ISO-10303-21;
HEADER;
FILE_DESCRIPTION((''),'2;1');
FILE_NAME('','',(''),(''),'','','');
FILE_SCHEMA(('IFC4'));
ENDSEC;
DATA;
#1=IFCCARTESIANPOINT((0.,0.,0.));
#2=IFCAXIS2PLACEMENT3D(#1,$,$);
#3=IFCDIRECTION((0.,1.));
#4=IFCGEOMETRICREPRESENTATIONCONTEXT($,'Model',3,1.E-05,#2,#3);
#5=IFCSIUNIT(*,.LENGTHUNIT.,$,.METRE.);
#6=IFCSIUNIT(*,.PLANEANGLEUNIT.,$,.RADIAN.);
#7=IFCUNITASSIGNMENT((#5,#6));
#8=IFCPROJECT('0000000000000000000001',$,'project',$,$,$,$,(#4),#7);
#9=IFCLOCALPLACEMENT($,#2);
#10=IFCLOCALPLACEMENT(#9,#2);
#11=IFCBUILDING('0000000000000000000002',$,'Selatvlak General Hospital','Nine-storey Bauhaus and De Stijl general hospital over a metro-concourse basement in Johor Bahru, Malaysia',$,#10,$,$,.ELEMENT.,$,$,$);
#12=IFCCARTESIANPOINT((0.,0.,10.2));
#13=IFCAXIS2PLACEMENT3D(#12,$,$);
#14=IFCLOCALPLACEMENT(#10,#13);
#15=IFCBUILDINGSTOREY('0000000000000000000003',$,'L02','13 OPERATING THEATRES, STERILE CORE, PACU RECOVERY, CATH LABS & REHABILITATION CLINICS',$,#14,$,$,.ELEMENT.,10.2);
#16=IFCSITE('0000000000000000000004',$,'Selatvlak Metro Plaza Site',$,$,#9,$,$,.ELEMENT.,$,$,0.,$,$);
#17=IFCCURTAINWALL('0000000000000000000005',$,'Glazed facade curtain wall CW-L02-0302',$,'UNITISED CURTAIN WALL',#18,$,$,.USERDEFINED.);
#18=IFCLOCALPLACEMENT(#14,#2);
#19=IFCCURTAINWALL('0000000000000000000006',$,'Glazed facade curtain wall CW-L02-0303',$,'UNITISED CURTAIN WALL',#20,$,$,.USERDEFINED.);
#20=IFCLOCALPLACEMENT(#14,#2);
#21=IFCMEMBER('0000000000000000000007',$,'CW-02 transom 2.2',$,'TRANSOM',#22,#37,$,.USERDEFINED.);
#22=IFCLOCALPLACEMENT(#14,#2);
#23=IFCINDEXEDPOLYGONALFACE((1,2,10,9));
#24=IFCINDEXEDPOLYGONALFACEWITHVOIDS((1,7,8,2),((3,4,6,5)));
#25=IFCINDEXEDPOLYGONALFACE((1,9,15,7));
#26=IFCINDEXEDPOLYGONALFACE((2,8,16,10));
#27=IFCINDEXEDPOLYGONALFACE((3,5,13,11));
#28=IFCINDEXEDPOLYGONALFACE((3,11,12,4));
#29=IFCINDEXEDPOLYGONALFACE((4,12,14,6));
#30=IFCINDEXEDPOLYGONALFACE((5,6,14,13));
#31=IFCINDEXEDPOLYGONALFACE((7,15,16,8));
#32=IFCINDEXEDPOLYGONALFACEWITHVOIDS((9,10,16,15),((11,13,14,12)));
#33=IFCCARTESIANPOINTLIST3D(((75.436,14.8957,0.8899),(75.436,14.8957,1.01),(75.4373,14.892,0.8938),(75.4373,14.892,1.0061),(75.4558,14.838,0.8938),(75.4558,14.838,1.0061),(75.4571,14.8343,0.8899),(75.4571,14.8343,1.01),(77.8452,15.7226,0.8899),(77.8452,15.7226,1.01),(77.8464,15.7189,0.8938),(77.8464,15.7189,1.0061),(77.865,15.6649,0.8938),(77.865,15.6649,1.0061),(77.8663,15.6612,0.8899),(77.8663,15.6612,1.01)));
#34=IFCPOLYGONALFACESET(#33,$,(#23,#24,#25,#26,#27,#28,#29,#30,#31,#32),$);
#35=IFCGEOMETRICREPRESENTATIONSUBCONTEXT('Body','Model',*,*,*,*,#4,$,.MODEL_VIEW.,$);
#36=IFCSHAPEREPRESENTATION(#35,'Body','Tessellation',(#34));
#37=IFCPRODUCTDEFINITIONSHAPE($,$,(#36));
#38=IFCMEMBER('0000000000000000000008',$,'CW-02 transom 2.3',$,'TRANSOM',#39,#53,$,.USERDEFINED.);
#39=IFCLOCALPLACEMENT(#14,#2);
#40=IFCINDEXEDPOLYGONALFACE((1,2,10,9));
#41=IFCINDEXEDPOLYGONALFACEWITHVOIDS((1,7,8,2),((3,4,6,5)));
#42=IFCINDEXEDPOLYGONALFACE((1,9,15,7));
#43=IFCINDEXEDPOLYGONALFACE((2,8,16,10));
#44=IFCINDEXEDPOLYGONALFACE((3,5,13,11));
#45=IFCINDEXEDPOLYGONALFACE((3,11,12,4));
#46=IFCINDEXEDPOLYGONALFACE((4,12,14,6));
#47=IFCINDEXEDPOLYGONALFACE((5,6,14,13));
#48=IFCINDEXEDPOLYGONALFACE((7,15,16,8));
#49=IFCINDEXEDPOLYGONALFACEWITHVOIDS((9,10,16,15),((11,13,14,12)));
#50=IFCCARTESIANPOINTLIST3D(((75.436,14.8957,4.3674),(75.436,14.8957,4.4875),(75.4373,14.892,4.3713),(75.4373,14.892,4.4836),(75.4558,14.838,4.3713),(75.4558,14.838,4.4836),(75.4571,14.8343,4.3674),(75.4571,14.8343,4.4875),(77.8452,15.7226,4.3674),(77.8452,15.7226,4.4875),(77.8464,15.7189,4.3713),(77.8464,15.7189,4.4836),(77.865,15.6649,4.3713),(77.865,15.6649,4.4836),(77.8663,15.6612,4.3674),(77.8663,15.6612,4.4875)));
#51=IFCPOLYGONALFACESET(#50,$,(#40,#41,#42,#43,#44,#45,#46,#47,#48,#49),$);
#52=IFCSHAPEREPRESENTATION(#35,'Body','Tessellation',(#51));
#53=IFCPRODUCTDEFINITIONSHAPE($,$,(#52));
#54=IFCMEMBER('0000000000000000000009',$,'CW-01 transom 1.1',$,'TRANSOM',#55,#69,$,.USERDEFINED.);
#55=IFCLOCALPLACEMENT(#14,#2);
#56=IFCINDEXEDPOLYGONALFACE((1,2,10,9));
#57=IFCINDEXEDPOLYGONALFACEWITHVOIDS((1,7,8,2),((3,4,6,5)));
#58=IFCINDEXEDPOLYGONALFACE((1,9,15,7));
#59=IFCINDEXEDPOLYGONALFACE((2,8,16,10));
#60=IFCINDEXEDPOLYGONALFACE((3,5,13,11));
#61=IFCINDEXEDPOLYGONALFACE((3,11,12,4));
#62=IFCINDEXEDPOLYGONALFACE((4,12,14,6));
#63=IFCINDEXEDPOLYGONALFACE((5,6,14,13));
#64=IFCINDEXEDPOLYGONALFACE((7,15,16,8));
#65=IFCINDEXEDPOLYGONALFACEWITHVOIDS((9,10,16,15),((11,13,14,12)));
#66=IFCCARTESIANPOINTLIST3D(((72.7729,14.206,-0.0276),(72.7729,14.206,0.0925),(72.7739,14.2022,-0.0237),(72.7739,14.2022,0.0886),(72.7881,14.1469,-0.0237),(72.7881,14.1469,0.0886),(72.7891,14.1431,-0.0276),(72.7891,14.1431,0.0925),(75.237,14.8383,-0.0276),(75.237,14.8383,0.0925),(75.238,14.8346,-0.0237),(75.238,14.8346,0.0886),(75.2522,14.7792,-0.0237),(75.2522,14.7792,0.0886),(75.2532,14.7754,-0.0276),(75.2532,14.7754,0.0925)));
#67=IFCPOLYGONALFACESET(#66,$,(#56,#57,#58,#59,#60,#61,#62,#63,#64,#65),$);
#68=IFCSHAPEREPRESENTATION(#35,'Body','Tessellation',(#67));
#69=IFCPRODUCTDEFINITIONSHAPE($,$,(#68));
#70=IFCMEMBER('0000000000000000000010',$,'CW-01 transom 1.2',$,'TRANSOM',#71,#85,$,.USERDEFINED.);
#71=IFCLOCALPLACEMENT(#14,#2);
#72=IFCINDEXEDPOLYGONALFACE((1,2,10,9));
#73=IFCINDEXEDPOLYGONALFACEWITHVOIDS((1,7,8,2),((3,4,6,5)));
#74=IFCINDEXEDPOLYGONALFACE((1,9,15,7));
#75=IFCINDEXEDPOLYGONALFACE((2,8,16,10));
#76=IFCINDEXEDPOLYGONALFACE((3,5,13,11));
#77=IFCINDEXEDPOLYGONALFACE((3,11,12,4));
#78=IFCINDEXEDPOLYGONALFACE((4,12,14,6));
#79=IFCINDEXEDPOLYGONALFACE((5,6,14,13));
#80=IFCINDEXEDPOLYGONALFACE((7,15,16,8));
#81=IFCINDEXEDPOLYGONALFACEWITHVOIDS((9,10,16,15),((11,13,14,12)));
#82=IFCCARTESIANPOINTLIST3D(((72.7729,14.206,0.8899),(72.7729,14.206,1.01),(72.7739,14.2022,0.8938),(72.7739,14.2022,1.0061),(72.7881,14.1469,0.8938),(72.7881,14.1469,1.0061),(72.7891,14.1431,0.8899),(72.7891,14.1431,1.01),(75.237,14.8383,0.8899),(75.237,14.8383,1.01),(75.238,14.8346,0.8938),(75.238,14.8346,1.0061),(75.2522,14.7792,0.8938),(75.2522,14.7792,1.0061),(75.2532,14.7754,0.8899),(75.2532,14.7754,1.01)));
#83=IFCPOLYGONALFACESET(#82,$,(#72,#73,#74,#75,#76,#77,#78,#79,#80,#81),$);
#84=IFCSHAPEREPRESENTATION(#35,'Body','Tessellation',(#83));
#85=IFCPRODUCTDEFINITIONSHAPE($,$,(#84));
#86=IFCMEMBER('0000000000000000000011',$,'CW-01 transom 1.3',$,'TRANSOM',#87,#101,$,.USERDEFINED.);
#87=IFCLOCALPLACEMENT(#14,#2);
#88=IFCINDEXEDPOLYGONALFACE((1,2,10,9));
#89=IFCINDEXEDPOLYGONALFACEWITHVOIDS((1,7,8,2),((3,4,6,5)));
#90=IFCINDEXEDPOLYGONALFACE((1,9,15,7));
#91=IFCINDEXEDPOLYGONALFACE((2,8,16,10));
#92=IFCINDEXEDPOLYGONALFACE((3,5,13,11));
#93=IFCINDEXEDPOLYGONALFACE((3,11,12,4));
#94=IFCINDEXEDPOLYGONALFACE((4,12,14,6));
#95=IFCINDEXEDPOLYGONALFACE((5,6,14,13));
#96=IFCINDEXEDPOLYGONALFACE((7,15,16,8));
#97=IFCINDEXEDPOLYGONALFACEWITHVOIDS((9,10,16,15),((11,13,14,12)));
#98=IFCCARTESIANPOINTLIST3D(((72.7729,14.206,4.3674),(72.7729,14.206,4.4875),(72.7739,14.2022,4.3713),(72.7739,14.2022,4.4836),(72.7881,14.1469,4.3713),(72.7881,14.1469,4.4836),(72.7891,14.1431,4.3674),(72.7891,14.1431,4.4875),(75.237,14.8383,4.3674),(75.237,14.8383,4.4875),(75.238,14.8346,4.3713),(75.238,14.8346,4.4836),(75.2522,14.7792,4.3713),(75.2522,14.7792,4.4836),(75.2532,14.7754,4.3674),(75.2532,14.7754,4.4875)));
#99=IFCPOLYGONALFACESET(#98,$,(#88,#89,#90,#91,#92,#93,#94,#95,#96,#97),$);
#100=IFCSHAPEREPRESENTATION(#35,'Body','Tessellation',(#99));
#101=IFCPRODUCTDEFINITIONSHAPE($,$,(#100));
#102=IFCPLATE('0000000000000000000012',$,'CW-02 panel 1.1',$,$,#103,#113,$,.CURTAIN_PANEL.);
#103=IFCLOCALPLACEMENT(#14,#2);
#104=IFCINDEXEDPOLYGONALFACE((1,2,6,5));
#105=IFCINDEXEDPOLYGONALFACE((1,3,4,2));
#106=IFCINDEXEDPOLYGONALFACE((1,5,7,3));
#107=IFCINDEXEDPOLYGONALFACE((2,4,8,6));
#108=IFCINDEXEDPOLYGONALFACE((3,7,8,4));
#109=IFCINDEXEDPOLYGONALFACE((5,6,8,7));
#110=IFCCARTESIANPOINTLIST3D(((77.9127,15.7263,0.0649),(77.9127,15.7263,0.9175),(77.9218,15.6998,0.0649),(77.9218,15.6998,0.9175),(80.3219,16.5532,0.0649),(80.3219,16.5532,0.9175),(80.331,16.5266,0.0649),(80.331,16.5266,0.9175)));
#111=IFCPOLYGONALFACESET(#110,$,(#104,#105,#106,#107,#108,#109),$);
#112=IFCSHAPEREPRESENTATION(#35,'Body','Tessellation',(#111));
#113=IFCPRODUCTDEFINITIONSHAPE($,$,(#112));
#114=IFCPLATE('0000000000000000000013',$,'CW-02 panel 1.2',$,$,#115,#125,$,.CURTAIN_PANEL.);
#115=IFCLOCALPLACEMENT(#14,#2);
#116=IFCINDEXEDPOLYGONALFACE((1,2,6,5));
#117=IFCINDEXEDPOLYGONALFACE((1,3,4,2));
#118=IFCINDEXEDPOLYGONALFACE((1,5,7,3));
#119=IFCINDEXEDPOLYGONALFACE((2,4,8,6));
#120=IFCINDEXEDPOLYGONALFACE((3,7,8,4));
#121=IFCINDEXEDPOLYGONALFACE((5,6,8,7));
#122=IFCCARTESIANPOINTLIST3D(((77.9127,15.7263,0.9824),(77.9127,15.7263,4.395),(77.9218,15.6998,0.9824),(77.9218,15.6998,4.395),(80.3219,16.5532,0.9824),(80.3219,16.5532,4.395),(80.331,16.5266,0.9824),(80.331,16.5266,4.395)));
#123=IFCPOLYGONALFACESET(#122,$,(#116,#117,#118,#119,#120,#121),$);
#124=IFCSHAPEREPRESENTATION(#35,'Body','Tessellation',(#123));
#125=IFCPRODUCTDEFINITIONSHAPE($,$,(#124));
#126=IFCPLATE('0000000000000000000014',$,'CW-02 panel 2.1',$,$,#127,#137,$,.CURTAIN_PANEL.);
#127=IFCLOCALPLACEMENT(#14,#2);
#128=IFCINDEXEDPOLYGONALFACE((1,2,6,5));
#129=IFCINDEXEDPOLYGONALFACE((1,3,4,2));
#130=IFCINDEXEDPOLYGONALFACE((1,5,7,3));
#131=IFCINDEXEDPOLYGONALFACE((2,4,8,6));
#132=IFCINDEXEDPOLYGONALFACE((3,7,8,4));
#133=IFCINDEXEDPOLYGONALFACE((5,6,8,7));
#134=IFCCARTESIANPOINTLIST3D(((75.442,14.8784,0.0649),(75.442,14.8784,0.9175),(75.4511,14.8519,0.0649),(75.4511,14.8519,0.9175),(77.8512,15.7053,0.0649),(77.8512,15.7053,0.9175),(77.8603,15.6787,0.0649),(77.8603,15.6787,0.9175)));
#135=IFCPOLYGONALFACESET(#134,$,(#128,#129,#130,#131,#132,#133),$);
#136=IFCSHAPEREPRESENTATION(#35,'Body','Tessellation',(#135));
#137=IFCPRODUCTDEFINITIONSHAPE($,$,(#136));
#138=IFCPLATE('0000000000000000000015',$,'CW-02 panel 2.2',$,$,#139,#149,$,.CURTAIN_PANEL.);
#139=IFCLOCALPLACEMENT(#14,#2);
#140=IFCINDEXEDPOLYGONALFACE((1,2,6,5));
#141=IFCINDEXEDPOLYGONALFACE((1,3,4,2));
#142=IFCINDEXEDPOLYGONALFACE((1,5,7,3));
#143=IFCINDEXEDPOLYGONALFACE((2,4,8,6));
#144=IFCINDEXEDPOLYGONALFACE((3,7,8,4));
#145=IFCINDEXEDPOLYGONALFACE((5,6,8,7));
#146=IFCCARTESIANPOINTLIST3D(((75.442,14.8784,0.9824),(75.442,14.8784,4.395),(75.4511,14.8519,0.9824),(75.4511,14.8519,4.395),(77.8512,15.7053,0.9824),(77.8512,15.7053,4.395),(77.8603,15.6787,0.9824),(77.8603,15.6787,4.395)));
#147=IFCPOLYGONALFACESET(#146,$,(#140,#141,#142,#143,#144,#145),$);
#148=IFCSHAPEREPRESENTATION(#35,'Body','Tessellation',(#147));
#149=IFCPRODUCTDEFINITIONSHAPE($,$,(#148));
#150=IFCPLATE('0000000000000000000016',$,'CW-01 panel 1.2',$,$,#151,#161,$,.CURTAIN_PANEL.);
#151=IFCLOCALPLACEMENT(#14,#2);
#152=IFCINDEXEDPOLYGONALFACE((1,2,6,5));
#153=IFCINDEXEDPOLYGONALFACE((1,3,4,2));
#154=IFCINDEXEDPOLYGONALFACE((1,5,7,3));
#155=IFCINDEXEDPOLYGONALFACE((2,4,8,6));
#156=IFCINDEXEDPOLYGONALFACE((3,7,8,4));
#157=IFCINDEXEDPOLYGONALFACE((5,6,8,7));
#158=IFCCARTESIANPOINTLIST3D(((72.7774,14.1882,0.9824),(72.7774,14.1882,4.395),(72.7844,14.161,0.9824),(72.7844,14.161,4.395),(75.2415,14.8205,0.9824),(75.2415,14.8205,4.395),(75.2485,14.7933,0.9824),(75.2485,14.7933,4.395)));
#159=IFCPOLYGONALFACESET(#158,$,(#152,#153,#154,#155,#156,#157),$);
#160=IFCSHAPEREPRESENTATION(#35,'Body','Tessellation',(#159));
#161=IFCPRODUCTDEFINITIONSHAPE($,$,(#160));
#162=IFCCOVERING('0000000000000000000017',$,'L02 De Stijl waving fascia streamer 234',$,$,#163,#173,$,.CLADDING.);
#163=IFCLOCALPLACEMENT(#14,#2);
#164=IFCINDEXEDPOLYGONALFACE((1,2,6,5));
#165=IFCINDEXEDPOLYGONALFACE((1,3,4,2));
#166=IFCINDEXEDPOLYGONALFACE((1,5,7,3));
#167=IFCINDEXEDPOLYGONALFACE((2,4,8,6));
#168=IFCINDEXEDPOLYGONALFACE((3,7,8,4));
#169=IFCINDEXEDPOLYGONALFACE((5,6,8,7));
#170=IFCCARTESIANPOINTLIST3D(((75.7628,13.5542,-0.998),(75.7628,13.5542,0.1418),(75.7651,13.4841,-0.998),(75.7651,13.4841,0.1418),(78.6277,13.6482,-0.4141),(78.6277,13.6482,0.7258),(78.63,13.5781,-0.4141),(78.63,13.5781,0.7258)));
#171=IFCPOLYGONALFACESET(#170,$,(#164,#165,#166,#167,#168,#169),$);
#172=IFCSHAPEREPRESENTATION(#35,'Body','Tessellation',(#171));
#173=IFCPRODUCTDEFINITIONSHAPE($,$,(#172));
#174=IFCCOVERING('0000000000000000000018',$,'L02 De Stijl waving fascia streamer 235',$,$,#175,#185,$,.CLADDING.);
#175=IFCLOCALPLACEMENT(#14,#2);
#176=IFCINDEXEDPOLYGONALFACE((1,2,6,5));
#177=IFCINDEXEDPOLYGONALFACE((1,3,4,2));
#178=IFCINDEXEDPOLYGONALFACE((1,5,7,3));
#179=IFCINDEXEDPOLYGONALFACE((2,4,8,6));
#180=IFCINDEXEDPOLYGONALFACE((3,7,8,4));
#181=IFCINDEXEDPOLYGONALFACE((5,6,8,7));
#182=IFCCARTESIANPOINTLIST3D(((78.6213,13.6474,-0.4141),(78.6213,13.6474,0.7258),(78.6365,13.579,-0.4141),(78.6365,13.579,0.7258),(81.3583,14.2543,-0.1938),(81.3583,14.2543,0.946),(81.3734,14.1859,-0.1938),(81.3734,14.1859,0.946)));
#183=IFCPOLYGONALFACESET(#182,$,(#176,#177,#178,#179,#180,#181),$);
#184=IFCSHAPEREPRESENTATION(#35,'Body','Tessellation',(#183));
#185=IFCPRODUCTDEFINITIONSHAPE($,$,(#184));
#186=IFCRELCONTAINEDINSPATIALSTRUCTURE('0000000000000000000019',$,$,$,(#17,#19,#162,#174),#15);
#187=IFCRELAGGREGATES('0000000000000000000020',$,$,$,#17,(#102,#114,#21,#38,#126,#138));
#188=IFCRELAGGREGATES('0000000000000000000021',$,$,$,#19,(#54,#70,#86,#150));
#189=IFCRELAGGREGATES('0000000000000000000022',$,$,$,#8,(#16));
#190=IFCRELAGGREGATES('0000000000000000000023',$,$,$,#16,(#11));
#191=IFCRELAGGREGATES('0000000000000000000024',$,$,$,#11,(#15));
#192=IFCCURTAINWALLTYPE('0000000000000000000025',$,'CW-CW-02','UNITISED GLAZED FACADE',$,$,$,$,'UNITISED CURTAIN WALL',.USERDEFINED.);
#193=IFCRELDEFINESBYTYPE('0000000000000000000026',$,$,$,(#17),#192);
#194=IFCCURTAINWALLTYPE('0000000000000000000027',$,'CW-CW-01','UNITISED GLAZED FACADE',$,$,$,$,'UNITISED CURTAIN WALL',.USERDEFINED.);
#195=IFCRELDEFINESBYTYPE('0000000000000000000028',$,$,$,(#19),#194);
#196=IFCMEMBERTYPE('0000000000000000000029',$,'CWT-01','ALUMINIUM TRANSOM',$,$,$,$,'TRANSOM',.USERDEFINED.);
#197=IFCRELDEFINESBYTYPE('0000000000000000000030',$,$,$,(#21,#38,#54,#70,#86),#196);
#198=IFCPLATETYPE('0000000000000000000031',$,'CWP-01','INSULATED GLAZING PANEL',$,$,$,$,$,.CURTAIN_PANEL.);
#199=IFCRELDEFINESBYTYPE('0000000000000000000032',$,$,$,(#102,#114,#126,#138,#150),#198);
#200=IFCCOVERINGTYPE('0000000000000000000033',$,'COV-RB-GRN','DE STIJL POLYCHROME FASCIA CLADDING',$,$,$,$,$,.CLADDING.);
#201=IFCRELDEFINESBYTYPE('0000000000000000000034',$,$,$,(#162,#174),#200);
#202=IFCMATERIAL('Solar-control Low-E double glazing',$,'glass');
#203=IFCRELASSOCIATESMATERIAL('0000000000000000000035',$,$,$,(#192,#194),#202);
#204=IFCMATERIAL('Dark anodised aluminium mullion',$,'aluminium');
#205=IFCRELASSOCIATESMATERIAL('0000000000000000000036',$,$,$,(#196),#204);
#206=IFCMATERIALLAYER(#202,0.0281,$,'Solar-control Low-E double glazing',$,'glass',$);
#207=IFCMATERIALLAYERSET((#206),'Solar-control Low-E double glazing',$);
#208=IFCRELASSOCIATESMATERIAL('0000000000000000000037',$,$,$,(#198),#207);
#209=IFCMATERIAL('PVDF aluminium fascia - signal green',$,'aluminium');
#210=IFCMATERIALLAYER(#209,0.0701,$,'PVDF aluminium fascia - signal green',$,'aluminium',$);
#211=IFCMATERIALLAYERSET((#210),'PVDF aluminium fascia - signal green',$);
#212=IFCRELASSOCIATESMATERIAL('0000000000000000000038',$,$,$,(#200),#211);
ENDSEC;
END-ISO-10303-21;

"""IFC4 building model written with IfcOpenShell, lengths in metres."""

from ifc_helpers import new_model, si_unit, direction, frame, origin, origin_2d, place, context, subcontext, project, spatial, polyline, rectangle, hollow_rectangle, outline, extrude, material, layer, layer_set, material_profile, profile_set, type_object, element, aggregate, save


model = new_model("IFC4")

# Units and contexts
model_context = context("Model", 3, precision=1e-05, world=origin(), true_north=direction((0.0, 1.0)))
body_context = subcontext(model_context, "Body", "Model", "MODEL_VIEW")
ifc_project = project(units=[si_unit("LENGTHUNIT", "METRE"), si_unit("PLANEANGLEUNIT", "RADIAN")], contexts=[model_context])

# Site, building, storey
site_placement = place(None, origin())
site = spatial("IfcSite", under=ifc_project, at=site_placement, Name="Selatvlak Metro Plaza Site", CompositionType="ELEMENT", RefElevation=0.0)
building_placement = place(site_placement, origin())
building = spatial("IfcBuilding", under=site, at=building_placement, Name="Selatvlak General Hospital", Description="Nine-storey Bauhaus and De Stijl general hospital over a metro-concourse basement in Johor Bahru, Malaysia", CompositionType="ELEMENT")
storey_placement = place(building_placement, frame((0.0, 0.0, 10.2)))
storey = spatial("IfcBuildingStorey", under=building, at=storey_placement, Name="L02", Description="13 OPERATING THEATRES, STERILE CORE, PACU RECOVERY, CATH LABS & REHABILITATION CLINICS", CompositionType="ELEMENT", Elevation=10.2)

# Curtain wall
ifc_material_1 = material(Name="Solar-control Low-E double glazing", Category="glass")
curtain_wall_type_1 = type_object("IfcCurtainWallType", Name="CW-CW-02", Description="UNITISED GLAZED FACADE", ElementType="UNITISED CURTAIN WALL", PredefinedType="USERDEFINED", material=ifc_material_1)
curtain_wall_1_placement = place(storey_placement, origin())
curtain_wall_1 = element("IfcCurtainWall", 1, at=curtain_wall_1_placement, inside=storey, type_object=curtain_wall_type_1, Name="Glazed facade curtain wall CW-L02-0302", ObjectType="UNITISED CURTAIN WALL", PredefinedType="USERDEFINED")
ifc_material_2 = material(Name="Dark anodised aluminium mullion", Category="aluminium")

# Curtain wall
curtain_wall_type_2 = type_object("IfcCurtainWallType", Name="CW-CW-01", Description="UNITISED GLAZED FACADE", ElementType="UNITISED CURTAIN WALL", PredefinedType="USERDEFINED", material=ifc_material_1)
curtain_wall_2_placement = place(storey_placement, origin())
curtain_wall_2 = element("IfcCurtainWall", 2, at=curtain_wall_2_placement, inside=storey, type_object=curtain_wall_type_2, Name="Glazed facade curtain wall CW-L02-0303", ObjectType="UNITISED CURTAIN WALL", PredefinedType="USERDEFINED")

# Members
ifc_material_profile_1 = material_profile(ifc_material_2, hollow_rectangle(XDim=0.0649, YDim=0.1201, WallThickness=0.0039, at=origin_2d()), Name="AL-TRN 65x120x4")
ifc_profile_set_1 = profile_set([ifc_material_profile_1], Name="Dark anodised aluminium mullion")
member_type_1 = type_object("IfcMemberType", Name="CWT-01", Description="ALUMINIUM TRANSOM", ElementType="TRANSOM", PredefinedType="USERDEFINED", material=ifc_profile_set_1)
member_1_placement = place(storey_placement, frame((77.8557, 15.6919, 0.95), z_axis=(-0.945838, -0.32464, 0.0), x_axis=(0.32464, -0.945838, 0.0)))
member_1 = element("IfcMember", 3, at=member_1_placement, type_object=member_type_1, Name="CW-02 transom 2.2", ObjectType="TRANSOM", PredefinedType="USERDEFINED", context=body_context, shape_type="SweptSolid", body=[
    extrude(hollow_rectangle(XDim=0.0649, YDim=0.1201, WallThickness=0.0039, at=origin_2d()), origin(), (0.0, 0.0, 1.0), 2.5471),
])
member_2_placement = place(storey_placement, frame((77.8557, 15.6919, 4.4275), z_axis=(-0.945838, -0.32464, 0.0), x_axis=(0.32464, -0.945838, 0.0)))
member_2 = element("IfcMember", 4, at=member_2_placement, type_object=member_type_1, Name="CW-02 transom 2.3", ObjectType="TRANSOM", PredefinedType="USERDEFINED", context=body_context, shape_type="SweptSolid", body=[
    extrude(hollow_rectangle(XDim=0.0649, YDim=0.1201, WallThickness=0.0039, at=origin_2d()), origin(), (0.0, 0.0, 1.0), 2.5471),
])
member_3_placement = place(storey_placement, frame((75.2451, 14.8069, 0.0325), z_axis=(-0.968616, -0.24856, 0.0), x_axis=(0.24856, -0.968616, 0.0)))
member_3 = element("IfcMember", 5, at=member_3_placement, type_object=member_type_1, Name="CW-01 transom 1.1", ObjectType="TRANSOM", PredefinedType="USERDEFINED", context=body_context, shape_type="SweptSolid", body=[
    extrude(hollow_rectangle(XDim=0.0649, YDim=0.1201, WallThickness=0.0039, at=origin_2d()), origin(), (0.0, 0.0, 1.0), 2.5439),
])
member_4_placement = place(storey_placement, frame((75.2451, 14.8069, 0.95), z_axis=(-0.968616, -0.24856, 0.0), x_axis=(0.24856, -0.968616, 0.0)))
member_4 = element("IfcMember", 6, at=member_4_placement, type_object=member_type_1, Name="CW-01 transom 1.2", ObjectType="TRANSOM", PredefinedType="USERDEFINED", context=body_context, shape_type="SweptSolid", body=[
    extrude(hollow_rectangle(XDim=0.0649, YDim=0.1201, WallThickness=0.0039, at=origin_2d()), origin(), (0.0, 0.0, 1.0), 2.5439),
])
member_5_placement = place(storey_placement, frame((75.2451, 14.8069, 4.4275), z_axis=(-0.968616, -0.24856, 0.0), x_axis=(0.24856, -0.968616, 0.0)))
member_5 = element("IfcMember", 7, at=member_5_placement, type_object=member_type_1, Name="CW-01 transom 1.3", ObjectType="TRANSOM", PredefinedType="USERDEFINED", context=body_context, shape_type="SweptSolid", body=[
    extrude(hollow_rectangle(XDim=0.0649, YDim=0.1201, WallThickness=0.0039, at=origin_2d()), origin(), (0.0, 0.0, 1.0), 2.5439),
])

# Plates
ifc_layer_1 = layer(ifc_material_1, 0.0281, Name="Solar-control Low-E double glazing", Category="glass")
ifc_layer_set_1 = layer_set([ifc_layer_1], Name="Solar-control Low-E double glazing")
plate_type = type_object("IfcPlateType", Name="CWP-01", Description="INSULATED GLAZING PANEL", PredefinedType="CURTAIN_PANEL", material=ifc_layer_set_1)
plate_1_placement = place(storey_placement, frame((79.1218, 16.1265, 0.0649), z_axis=(0.0, 0.0, 1.0), x_axis=(-0.945848, -0.324609, 0.0)))
plate_1 = element("IfcPlate", 8, at=plate_1_placement, type_object=plate_type, Name="CW-02 panel 1.1", PredefinedType="CURTAIN_PANEL", context=body_context, shape_type="SweptSolid", body=[
    extrude(rectangle(XDim=2.5471, YDim=0.0281, at=origin_2d()), origin(), (0.0, 0.0, 1.0), 0.8525),
])
plate_2_placement = place(storey_placement, frame((79.1218, 16.1265, 0.9824), z_axis=(0.0, 0.0, 1.0), x_axis=(-0.945848, -0.324609, 0.0)))
plate_2 = element("IfcPlate", 9, at=plate_2_placement, type_object=plate_type, Name="CW-02 panel 1.2", PredefinedType="CURTAIN_PANEL", context=body_context, shape_type="SweptSolid", body=[
    extrude(rectangle(XDim=2.5471, YDim=0.0281, at=origin_2d()), origin(), (0.0, 0.0, 1.0), 3.4126),
])
plate_3_placement = place(storey_placement, frame((76.6511, 15.2786, 0.0649), z_axis=(0.0, 0.0, 1.0), x_axis=(-0.945848, -0.324609, 0.0)))
plate_3 = element("IfcPlate", 10, at=plate_3_placement, type_object=plate_type, Name="CW-02 panel 2.1", PredefinedType="CURTAIN_PANEL", context=body_context, shape_type="SweptSolid", body=[
    extrude(rectangle(XDim=2.5471, YDim=0.0281, at=origin_2d()), origin(), (0.0, 0.0, 1.0), 0.8525),
])
plate_4_placement = place(storey_placement, frame((76.6511, 15.2786, 0.9824), z_axis=(0.0, 0.0, 1.0), x_axis=(-0.945848, -0.324609, 0.0)))
plate_4 = element("IfcPlate", 11, at=plate_4_placement, type_object=plate_type, Name="CW-02 panel 2.2", PredefinedType="CURTAIN_PANEL", context=body_context, shape_type="SweptSolid", body=[
    extrude(rectangle(XDim=2.5471, YDim=0.0281, at=origin_2d()), origin(), (0.0, 0.0, 1.0), 3.4126),
])
aggregate(curtain_wall_1, [plate_1, plate_2, member_1, member_2, plate_3, plate_4])
plate_5_placement = place(storey_placement, frame((74.0129, 14.4907, 0.9824), z_axis=(0.0, 0.0, 1.0), x_axis=(-0.968621, -0.248544, 0.0)))
plate_5 = element("IfcPlate", 12, at=plate_5_placement, type_object=plate_type, Name="CW-01 panel 1.2", PredefinedType="CURTAIN_PANEL", context=body_context, shape_type="SweptSolid", body=[
    extrude(rectangle(XDim=2.5439, YDim=0.0281, at=origin_2d()), origin(), (0.0, 0.0, 1.0), 3.4126),
])
aggregate(curtain_wall_2, [member_3, member_4, member_5, plate_5])

# Coverings
ifc_material_3 = material(Name="PVDF aluminium fascia - signal green", Category="aluminium")
ifc_layer_2 = layer(ifc_material_3, 0.0701, Name="PVDF aluminium fascia - signal green", Category="aluminium")
ifc_layer_set_2 = layer_set([ifc_layer_2], Name="PVDF aluminium fascia - signal green")
covering_type = type_object("IfcCoveringType", Name="COV-RB-GRN", Description="DE STIJL POLYCHROME FASCIA CLADDING", PredefinedType="CLADDING", material=ifc_layer_set_2)
covering_1_placement = place(storey_placement, frame((75.7639, 13.519, -0.998), z_axis=(0.0, 0.0, 1.0), x_axis=(0.999462, 0.03279, 0.0)))
element("IfcCovering", 13, at=covering_1_placement, inside=storey, type_object=covering_type, Name="L02 De Stijl waving fascia streamer 234", PredefinedType="CLADDING", context=body_context, shape_type="SweptSolid", body=[
    extrude(outline(polyline([(0.0, 0.0), (2.8665, 0.584), (2.8665, 1.7239), (0.0, 1.1399), (0.0, 0.0)])), frame((0.0, 0.0352, 0.0), z_axis=(0.0, -1.0, 0.0), x_axis=(1.0, 0.0, 0.0)), (0.0, 0.0, 1.0), 0.0701),
])
covering_2_placement = place(storey_placement, frame((78.6289, 13.613, -0.4141), z_axis=(0.0, 0.0, 1.0), x_axis=(0.976285, 0.216488, 0.0)))
element("IfcCovering", 14, at=covering_2_placement, inside=storey, type_object=covering_type, Name="L02 De Stijl waving fascia streamer 235", PredefinedType="CLADDING", context=body_context, shape_type="SweptSolid", body=[
    extrude(outline(polyline([(0.0, 0.0), (2.8035, 0.2202), (2.8035, 1.3601), (0.0, 1.1399), (0.0, 0.0)])), frame((0.0, 0.0352, 0.0), z_axis=(0.0, -1.0, 0.0), x_axis=(1.0, 0.0, 0.0)), (0.0, 0.0, 1.0), 0.0701),
])

save(model, "model.ifc")
